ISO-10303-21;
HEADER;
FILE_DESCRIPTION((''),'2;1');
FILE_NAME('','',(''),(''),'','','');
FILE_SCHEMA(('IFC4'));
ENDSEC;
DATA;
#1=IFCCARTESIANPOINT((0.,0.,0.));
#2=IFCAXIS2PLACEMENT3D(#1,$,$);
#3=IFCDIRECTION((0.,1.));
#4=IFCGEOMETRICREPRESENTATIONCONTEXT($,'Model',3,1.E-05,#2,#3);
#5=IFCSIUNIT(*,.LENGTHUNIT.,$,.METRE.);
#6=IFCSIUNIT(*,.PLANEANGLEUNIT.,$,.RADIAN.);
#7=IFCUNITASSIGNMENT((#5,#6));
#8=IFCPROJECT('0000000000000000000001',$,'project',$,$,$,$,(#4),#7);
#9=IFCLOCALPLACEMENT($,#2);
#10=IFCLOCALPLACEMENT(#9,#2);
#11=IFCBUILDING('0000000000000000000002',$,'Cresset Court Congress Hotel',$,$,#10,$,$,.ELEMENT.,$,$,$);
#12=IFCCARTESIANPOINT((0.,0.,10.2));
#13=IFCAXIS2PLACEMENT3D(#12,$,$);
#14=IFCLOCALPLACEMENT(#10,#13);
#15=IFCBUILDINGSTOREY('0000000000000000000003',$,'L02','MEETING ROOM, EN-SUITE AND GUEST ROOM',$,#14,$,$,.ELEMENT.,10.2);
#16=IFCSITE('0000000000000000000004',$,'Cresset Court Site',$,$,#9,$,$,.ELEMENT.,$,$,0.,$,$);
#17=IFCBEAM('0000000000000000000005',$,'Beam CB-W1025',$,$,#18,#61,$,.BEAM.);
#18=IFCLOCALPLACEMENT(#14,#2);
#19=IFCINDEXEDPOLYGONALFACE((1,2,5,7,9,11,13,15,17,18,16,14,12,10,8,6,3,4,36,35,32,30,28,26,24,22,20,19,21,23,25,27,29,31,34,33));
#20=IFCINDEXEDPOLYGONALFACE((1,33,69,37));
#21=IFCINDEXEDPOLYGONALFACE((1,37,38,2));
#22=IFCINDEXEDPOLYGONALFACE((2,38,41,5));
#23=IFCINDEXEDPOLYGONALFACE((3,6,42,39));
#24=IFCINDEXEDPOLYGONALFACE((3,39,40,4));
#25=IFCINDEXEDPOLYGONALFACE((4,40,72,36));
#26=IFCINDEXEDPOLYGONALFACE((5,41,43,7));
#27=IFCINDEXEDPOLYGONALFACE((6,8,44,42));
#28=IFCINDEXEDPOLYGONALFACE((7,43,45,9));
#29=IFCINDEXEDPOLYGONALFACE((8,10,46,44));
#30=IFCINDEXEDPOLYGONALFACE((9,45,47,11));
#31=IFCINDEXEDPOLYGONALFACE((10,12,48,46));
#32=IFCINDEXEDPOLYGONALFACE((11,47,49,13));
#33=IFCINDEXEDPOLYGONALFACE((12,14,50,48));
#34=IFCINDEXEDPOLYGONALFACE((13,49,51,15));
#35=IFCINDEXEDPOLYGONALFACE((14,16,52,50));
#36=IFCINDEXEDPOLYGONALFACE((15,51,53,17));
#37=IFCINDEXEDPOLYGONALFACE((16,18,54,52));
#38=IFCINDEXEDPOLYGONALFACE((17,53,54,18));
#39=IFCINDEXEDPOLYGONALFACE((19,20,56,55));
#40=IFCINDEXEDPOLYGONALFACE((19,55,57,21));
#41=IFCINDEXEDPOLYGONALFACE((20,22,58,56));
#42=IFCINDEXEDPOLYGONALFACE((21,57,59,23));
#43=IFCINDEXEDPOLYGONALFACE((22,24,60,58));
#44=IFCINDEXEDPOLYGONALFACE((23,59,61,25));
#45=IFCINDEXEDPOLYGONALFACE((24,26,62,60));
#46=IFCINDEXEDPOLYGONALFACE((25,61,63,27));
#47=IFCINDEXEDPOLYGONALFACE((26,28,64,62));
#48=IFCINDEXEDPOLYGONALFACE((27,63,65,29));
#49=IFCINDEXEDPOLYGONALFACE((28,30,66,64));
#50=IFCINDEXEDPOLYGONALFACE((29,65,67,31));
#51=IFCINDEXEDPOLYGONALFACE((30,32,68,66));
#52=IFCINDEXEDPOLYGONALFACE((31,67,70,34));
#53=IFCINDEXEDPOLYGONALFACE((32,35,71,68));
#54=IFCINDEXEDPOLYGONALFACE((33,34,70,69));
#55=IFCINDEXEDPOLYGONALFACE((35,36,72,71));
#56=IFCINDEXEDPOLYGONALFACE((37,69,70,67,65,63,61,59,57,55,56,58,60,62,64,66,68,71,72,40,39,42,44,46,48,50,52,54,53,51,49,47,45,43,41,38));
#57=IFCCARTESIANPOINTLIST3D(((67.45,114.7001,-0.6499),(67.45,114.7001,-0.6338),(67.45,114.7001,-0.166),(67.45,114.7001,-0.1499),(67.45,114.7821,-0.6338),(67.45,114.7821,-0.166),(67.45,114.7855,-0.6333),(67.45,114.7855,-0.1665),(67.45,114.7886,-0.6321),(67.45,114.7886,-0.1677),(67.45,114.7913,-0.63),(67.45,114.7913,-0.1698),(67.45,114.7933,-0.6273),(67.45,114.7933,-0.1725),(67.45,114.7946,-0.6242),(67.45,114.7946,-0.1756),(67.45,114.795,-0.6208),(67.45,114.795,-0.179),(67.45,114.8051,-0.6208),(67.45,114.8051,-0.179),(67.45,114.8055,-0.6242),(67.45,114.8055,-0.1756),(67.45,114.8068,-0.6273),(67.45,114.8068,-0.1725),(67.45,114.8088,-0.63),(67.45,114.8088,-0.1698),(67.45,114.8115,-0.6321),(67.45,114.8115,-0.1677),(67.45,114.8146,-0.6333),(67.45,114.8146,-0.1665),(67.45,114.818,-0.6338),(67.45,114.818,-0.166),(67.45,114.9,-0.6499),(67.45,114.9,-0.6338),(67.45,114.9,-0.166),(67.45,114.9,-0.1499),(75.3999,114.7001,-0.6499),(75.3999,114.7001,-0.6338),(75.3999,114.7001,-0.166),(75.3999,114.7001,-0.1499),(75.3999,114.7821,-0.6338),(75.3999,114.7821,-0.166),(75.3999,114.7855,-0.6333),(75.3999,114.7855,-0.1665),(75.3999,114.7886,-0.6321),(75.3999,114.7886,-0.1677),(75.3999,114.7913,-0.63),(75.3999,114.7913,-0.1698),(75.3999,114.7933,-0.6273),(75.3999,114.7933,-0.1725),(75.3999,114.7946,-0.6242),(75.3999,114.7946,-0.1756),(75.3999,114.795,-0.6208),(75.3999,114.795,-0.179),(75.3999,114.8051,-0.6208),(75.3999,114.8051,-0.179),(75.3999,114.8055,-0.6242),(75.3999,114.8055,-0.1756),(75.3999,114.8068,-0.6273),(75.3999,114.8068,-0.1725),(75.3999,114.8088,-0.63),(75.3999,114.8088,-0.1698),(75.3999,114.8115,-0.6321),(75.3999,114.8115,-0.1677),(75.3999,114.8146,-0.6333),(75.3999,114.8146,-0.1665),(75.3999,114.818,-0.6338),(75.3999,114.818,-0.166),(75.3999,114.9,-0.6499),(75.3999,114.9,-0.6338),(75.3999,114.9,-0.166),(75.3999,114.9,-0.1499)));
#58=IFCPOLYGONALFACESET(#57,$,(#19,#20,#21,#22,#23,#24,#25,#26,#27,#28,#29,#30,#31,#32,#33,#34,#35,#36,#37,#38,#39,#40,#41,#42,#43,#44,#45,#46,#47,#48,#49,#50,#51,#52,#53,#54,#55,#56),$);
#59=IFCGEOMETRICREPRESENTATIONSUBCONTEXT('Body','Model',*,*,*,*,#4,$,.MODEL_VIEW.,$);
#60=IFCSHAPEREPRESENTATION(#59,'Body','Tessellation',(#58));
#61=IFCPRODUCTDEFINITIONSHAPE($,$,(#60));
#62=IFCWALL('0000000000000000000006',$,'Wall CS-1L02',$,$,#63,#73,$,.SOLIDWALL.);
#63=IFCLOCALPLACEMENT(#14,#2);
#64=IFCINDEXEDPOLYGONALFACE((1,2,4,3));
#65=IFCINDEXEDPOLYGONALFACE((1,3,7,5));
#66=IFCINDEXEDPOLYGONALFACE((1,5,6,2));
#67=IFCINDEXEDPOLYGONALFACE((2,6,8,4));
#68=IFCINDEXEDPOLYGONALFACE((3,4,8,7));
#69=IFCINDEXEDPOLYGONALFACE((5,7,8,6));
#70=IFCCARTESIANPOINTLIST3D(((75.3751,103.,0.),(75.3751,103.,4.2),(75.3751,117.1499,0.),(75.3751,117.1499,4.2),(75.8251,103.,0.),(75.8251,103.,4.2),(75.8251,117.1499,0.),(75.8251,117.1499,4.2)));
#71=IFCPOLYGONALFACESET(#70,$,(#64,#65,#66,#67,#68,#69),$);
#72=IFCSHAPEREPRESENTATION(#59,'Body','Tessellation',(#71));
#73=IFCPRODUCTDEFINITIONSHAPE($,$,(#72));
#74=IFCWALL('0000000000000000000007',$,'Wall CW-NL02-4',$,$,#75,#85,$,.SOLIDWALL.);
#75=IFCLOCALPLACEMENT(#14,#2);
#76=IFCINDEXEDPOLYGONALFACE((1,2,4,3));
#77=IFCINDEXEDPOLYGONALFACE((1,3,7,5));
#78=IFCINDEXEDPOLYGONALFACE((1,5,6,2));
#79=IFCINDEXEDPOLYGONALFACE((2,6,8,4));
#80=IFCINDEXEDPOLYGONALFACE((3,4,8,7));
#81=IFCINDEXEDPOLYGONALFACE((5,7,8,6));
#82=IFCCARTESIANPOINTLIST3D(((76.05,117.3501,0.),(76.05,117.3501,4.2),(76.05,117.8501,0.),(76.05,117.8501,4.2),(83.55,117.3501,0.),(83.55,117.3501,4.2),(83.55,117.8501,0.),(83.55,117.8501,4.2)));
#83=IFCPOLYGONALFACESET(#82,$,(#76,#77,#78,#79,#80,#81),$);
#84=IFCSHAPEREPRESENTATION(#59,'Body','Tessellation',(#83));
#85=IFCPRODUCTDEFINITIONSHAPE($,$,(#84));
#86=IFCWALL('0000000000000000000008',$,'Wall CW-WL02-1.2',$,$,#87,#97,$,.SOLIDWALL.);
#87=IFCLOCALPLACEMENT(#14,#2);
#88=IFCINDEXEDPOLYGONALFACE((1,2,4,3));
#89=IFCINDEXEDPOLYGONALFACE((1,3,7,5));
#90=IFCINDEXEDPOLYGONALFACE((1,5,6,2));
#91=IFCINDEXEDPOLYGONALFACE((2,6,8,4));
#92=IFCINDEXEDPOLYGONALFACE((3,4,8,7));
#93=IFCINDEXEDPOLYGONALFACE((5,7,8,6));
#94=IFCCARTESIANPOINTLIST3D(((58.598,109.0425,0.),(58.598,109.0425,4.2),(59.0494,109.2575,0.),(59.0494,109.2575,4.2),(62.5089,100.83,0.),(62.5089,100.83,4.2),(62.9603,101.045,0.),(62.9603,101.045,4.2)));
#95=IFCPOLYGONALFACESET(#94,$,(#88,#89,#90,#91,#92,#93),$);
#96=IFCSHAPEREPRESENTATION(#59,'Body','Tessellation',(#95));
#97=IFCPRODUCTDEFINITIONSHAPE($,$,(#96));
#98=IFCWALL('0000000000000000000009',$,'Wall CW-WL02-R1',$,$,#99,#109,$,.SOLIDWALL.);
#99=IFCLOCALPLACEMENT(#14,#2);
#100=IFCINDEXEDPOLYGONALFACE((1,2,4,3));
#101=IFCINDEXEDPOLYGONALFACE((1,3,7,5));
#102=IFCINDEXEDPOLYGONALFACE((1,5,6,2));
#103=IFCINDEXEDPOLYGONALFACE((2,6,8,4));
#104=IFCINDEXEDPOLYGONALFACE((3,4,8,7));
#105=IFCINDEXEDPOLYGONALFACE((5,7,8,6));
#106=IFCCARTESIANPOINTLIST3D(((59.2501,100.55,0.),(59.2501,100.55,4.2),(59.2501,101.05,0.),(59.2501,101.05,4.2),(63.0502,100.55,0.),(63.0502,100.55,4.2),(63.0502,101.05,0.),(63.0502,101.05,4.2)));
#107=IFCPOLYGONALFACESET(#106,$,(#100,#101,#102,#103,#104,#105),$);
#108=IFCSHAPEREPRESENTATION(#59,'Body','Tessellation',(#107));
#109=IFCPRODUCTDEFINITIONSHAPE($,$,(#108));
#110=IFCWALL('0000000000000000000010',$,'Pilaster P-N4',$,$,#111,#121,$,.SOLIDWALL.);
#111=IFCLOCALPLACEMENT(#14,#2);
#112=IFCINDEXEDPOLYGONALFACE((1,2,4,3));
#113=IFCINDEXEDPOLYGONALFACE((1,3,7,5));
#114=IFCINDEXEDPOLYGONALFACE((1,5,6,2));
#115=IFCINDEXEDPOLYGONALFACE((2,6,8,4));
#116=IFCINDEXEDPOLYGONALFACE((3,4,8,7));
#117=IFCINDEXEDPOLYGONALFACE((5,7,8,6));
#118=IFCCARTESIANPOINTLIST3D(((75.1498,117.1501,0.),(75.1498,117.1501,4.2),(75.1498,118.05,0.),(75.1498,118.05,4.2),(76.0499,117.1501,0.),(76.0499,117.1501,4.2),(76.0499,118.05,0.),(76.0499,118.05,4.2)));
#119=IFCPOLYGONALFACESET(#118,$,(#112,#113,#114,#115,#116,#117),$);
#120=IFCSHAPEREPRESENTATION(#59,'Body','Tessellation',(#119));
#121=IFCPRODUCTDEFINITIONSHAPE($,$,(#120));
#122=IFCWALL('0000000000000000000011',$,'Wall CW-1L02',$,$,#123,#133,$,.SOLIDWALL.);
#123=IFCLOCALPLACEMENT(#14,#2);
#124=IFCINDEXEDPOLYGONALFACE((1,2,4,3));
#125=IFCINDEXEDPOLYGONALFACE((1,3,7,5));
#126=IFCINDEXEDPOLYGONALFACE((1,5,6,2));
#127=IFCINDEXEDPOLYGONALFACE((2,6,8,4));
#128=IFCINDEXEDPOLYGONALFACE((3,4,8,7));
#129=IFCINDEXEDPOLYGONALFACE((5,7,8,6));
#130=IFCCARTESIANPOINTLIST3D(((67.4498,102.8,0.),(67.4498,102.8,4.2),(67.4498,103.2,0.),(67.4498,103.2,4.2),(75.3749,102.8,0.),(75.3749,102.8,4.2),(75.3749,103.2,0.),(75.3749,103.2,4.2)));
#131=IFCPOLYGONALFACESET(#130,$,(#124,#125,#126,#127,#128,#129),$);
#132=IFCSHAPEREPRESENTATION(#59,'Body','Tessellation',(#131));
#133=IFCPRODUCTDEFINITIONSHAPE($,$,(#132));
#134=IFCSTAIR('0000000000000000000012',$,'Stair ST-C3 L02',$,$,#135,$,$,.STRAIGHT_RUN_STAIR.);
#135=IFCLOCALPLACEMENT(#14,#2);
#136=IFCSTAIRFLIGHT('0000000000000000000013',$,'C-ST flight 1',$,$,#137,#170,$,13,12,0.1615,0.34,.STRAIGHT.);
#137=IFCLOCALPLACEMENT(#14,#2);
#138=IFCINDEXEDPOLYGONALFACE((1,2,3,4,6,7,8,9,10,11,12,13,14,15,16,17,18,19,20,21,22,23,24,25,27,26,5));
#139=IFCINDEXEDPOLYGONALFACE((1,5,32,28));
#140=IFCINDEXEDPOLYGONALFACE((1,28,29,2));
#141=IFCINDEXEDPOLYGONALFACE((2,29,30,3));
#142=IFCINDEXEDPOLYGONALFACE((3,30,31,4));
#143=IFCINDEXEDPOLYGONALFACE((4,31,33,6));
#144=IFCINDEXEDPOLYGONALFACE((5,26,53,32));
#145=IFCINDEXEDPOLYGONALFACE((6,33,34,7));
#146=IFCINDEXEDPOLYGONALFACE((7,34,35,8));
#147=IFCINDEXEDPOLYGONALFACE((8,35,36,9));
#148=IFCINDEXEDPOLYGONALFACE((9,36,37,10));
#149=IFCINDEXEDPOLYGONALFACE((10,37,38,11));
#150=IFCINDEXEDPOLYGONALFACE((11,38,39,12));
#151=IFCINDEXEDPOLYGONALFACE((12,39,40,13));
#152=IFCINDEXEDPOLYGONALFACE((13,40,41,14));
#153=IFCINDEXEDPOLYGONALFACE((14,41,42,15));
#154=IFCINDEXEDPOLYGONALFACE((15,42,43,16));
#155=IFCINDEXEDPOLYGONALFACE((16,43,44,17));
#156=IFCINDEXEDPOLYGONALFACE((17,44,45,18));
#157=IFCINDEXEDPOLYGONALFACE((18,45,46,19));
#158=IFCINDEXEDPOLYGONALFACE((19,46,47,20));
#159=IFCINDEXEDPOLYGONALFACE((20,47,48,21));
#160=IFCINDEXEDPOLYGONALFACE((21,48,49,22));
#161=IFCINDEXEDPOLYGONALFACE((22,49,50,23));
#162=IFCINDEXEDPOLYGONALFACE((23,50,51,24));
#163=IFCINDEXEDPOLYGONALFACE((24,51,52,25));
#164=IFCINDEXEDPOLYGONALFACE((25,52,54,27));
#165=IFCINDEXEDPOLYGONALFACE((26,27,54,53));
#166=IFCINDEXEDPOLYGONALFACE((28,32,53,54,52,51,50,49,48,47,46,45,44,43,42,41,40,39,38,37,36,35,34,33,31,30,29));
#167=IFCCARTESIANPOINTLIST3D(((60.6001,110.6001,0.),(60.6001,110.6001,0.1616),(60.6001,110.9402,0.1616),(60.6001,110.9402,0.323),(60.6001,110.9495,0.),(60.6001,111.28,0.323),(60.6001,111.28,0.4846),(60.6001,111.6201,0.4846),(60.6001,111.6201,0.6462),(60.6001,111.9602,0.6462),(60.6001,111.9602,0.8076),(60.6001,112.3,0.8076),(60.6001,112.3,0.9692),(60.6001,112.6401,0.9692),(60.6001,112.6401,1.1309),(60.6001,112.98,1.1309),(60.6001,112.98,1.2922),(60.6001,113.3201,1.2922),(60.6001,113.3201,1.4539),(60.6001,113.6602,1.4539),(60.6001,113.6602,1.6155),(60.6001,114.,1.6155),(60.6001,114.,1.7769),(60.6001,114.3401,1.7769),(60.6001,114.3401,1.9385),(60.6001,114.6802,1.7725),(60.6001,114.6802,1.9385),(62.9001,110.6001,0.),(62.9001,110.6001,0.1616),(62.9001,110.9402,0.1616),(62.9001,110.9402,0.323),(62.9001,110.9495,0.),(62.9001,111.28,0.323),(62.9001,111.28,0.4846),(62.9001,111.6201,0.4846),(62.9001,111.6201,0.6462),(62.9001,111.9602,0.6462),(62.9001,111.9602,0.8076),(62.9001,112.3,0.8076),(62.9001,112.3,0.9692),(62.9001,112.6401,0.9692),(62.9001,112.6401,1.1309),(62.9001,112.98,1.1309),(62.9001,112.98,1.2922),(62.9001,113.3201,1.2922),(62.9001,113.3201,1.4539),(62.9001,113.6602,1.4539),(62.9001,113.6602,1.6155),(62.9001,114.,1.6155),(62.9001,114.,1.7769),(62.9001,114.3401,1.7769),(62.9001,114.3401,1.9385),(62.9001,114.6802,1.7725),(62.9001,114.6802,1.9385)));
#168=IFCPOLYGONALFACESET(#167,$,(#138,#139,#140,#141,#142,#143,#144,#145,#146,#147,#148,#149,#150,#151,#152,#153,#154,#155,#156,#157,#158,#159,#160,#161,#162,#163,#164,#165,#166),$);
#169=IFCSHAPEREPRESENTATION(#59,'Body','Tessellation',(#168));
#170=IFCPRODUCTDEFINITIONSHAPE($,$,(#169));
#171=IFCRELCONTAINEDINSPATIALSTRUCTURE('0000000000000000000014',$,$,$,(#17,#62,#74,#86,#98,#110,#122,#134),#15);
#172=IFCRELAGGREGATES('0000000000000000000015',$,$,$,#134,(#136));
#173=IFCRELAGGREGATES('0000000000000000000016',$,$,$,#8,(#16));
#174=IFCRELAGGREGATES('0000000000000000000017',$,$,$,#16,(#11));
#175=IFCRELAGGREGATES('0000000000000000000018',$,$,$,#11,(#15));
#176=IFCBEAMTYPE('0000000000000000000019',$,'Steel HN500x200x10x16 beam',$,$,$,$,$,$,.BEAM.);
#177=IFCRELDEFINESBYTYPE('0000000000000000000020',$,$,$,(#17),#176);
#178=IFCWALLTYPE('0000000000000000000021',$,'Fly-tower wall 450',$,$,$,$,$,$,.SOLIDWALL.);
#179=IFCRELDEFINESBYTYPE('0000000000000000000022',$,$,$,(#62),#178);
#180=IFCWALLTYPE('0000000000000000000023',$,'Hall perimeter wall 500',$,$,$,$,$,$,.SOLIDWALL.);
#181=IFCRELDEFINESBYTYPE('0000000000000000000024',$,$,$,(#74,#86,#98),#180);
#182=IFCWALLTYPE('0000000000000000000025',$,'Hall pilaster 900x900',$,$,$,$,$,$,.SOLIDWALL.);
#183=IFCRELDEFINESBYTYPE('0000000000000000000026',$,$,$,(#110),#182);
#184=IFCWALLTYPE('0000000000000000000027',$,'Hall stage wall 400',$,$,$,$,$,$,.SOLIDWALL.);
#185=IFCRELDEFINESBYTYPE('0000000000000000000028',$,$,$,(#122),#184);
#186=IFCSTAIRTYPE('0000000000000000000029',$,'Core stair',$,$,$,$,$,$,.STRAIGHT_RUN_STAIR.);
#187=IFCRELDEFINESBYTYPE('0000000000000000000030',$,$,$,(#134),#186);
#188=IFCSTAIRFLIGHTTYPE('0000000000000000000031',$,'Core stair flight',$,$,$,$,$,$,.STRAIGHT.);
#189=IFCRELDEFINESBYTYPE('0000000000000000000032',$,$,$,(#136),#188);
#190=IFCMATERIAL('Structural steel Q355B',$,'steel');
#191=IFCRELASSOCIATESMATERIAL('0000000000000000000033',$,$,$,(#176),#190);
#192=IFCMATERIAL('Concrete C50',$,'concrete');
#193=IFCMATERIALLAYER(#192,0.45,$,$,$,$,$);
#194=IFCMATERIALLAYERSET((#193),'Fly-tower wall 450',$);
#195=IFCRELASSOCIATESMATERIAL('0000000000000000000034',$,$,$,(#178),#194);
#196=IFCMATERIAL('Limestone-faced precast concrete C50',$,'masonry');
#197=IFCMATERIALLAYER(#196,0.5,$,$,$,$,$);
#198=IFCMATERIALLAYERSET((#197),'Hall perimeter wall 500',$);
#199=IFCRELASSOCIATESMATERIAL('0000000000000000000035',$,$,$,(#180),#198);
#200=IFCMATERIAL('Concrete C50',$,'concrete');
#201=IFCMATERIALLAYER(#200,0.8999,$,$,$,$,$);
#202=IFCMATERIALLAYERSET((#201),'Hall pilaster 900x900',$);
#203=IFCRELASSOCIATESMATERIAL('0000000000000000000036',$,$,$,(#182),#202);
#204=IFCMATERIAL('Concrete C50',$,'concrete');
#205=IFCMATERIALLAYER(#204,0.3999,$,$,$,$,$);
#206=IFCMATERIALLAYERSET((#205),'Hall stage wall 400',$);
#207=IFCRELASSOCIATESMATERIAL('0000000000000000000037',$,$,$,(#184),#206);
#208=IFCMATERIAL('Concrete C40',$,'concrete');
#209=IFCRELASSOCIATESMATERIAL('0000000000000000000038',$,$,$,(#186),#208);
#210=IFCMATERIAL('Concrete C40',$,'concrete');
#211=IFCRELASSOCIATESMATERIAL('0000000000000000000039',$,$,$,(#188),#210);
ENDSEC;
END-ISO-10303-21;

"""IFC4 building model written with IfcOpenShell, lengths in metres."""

from ifc_helpers import new_model, si_unit, direction, frame, frame_2d, origin, origin_2d, place, context, subcontext, project, spatial, polyline, rectangle, i_section, outline, extrude, material, layer, layer_set, material_profile, profile_set, type_object, element, aggregate, save


model = new_model("IFC4")

# Units and contexts
model_context = context("Model", 3, precision=1e-05, world=origin(), true_north=direction((0.0, 1.0)))
body_context = subcontext(model_context, "Body", "Model", "MODEL_VIEW")
ifc_project = project(units=[si_unit("LENGTHUNIT", "METRE"), si_unit("PLANEANGLEUNIT", "RADIAN")], contexts=[model_context])

# Site, building, storey
site_placement = place(None, origin())
site = spatial("IfcSite", under=ifc_project, at=site_placement, Name="Cresset Court Site", CompositionType="ELEMENT", RefElevation=0.0)
building_placement = place(site_placement, origin())
building = spatial("IfcBuilding", under=site, at=building_placement, Name="Cresset Court Congress Hotel", CompositionType="ELEMENT")
storey_placement = place(building_placement, frame((0.0, 0.0, 10.2)))
storey = spatial("IfcBuildingStorey", under=building, at=storey_placement, Name="L02", Description="MEETING ROOM, EN-SUITE AND GUEST ROOM", CompositionType="ELEMENT", Elevation=10.2)

# Beam
ifc_material_1 = material(Name="Structural steel Q355B", Category="steel")
ifc_material_profile = material_profile(ifc_material_1, i_section(OverallWidth=0.2, OverallDepth=0.5, WebThickness=0.01, FlangeThickness=0.0161, FilletRadius=0.0129, at=origin_2d()), Name="HN500x200x10x16")
ifc_profile_set = profile_set([ifc_material_profile], Name="Structural steel Q355B")
beam_type = type_object("IfcBeamType", Name="Steel HN500x200x10x16 beam", PredefinedType="BEAM", material=ifc_profile_set)
for number, where, z_axis, x_axis, name in (
    (1, (67.45, 114.8, -0.3999), (1.0, 0.0, 0.0), (0.0, 1.0, 0.0), "Beam CB-W1025"),
):
    element("IfcBeam", number, at=place(storey_placement, frame(where, z_axis=z_axis, x_axis=x_axis)), inside=storey, type_object=beam_type, Name=name, PredefinedType="BEAM", context=body_context, shape_type="SweptSolid", body=[
        extrude(i_section(OverallWidth=0.2, OverallDepth=0.5, WebThickness=0.01, FlangeThickness=0.0161, FilletRadius=0.0129, at=origin_2d()), origin(), (0.0, 0.0, 1.0), 7.95),
    ])

# Walls
ifc_material_2 = material(Name="Concrete C50", Category="concrete")
ifc_layer_1 = layer(ifc_material_2, 0.45)
ifc_layer_set_1 = layer_set([ifc_layer_1], Name="Fly-tower wall 450")
wall_type_1 = type_object("IfcWallType", Name="Fly-tower wall 450", PredefinedType="SOLIDWALL", material=ifc_layer_set_1)
wall_1_placement = place(storey_placement, frame((75.6001, 103.0, 0.0), z_axis=(0.0, 0.0, 1.0), x_axis=(0.0, 1.0, 0.0)))
element("IfcWall", 2, at=wall_1_placement, inside=storey, type_object=wall_type_1, Name="Wall CS-1L02", PredefinedType="SOLIDWALL", context=body_context, shape_type="SweptSolid", body=[
    extrude(rectangle(XDim=14.1499, YDim=0.45, at=frame_2d((7.075, 0.0))), origin(), (0.0, 0.0, 1.0), 4.2),
])
ifc_material_3 = material(Name="Limestone-faced precast concrete C50", Category="masonry")
ifc_layer_2 = layer(ifc_material_3, 0.5)
ifc_layer_set_2 = layer_set([ifc_layer_2], Name="Hall perimeter wall 500")
wall_type_2 = type_object("IfcWallType", Name="Hall perimeter wall 500", PredefinedType="SOLIDWALL", material=ifc_layer_set_2)
wall_2_placement = place(storey_placement, frame((76.05, 117.6001, 0.0), z_axis=(0.0, 0.0, 1.0), x_axis=(1.0, 0.0, 0.0)))
element("IfcWall", 3, at=wall_2_placement, inside=storey, type_object=wall_type_2, Name="Wall CW-NL02-4", PredefinedType="SOLIDWALL", context=body_context, shape_type="SweptSolid", body=[
    extrude(rectangle(XDim=7.5, YDim=0.5, at=frame_2d((3.75, 0.0))), origin(), (0.0, 0.0, 1.0), 4.2),
])
wall_3_placement = place(storey_placement, frame((62.7346, 100.9375, 0.0), z_axis=(0.0, 0.0, 1.0), x_axis=(-0.429953, 0.902851, 0.0)))
element("IfcWall", 4, at=wall_3_placement, inside=storey, type_object=wall_type_2, Name="Wall CW-WL02-1.2", PredefinedType="SOLIDWALL", context=body_context, shape_type="SweptSolid", body=[
    extrude(rectangle(XDim=9.0962, YDim=0.5, at=frame_2d((4.5481, 0.0))), origin(), (0.0, 0.0, 1.0), 4.2),
])
wall_4_placement = place(storey_placement, frame((63.05, 100.8, 0.0), z_axis=(0.0, 0.0, 1.0), x_axis=(-1.0, 0.0, 0.0)))
element("IfcWall", 5, at=wall_4_placement, inside=storey, type_object=wall_type_2, Name="Wall CW-WL02-R1", PredefinedType="SOLIDWALL", context=body_context, shape_type="SweptSolid", body=[
    extrude(rectangle(XDim=3.8, YDim=0.5, at=frame_2d((1.8999, 0.0))), origin(), (0.0, 0.0, 1.0), 4.2),
])
ifc_material_4 = material(Name="Concrete C50", Category="concrete")
ifc_layer_3 = layer(ifc_material_4, 0.8999)
ifc_layer_set_3 = layer_set([ifc_layer_3], Name="Hall pilaster 900x900")
wall_type_3 = type_object("IfcWallType", Name="Hall pilaster 900x900", PredefinedType="SOLIDWALL", material=ifc_layer_set_3)
wall_5_placement = place(storey_placement, frame((76.05, 117.6001, 0.0), z_axis=(0.0, 0.0, 1.0), x_axis=(-1.0, 0.0, 0.0)))
element("IfcWall", 6, at=wall_5_placement, inside=storey, type_object=wall_type_3, Name="Pilaster P-N4", PredefinedType="SOLIDWALL", context=body_context, shape_type="SweptSolid", body=[
    extrude(rectangle(XDim=0.9001, YDim=0.8999, at=frame_2d((0.4502, 0.0))), origin(), (0.0, 0.0, 1.0), 4.2),
])
ifc_material_5 = material(Name="Concrete C50", Category="concrete")
ifc_layer_4 = layer(ifc_material_5, 0.3999)
ifc_layer_set_4 = layer_set([ifc_layer_4], Name="Hall stage wall 400")
wall_type_4 = type_object("IfcWallType", Name="Hall stage wall 400", PredefinedType="SOLIDWALL", material=ifc_layer_set_4)
wall_6_placement = place(storey_placement, frame((67.45, 103.0, 0.0), z_axis=(0.0, 0.0, 1.0), x_axis=(1.0, 0.0, 0.0)))
element("IfcWall", 7, at=wall_6_placement, inside=storey, type_object=wall_type_4, Name="Wall CW-1L02", PredefinedType="SOLIDWALL", context=body_context, shape_type="SweptSolid", body=[
    extrude(rectangle(XDim=7.925, YDim=0.3999, at=frame_2d((3.9624, 0.0))), origin(), (0.0, 0.0, 1.0), 4.2),
])

# Stair, stair flight
ifc_material_6 = material(Name="Concrete C40", Category="concrete")
stair_type = type_object("IfcStairType", Name="Core stair", PredefinedType="STRAIGHT_RUN_STAIR", material=ifc_material_6)
stair_placement = place(storey_placement, origin())
stair = element("IfcStair", 8, at=stair_placement, inside=storey, type_object=stair_type, Name="Stair ST-C3 L02", PredefinedType="STRAIGHT_RUN_STAIR")
ifc_material_7 = material(Name="Concrete C40", Category="concrete")
stair_flight_type = type_object("IfcStairFlightType", Name="Core stair flight", PredefinedType="STRAIGHT", material=ifc_material_7)
stair_flight_1_placement = place(storey_placement, frame((61.75, 110.6001, 0.0), z_axis=(0.0, 0.0, 1.0), x_axis=(0.0, 1.0, 0.0)))
stair_flight_1 = element("IfcStairFlight", 9, at=stair_flight_1_placement, type_object=stair_flight_type, Name="C-ST flight 1", NumberOfRisers=13, NumberOfTreads=12, PredefinedType="STRAIGHT", RiserHeight=0.1615, TreadLength=0.34, context=body_context, shape_type="SweptSolid", body=[
    extrude(outline(polyline([(0.0, 0.0), (0.0, 0.1616), (0.3401, 0.1616), (0.3401, 0.323), (0.6799, 0.323), (0.6799, 0.4846), (1.02, 0.4846), (1.02, 0.6462), (1.3601, 0.6462), (1.3601, 0.8076), (1.7, 0.8076), (1.7, 0.9692), (2.04, 0.9692), (2.04, 1.1309), (2.3799, 1.1309), (2.3799, 1.2922), (2.72, 1.2922), (2.72, 1.4539), (3.0601, 1.4539), (3.0601, 1.6155), (3.3999, 1.6155), (3.3999, 1.7769), (3.74, 1.7769), (3.74, 1.9385), (4.0801, 1.9385), (4.0801, 2.1001), (4.0801, 1.7725), (0.3494, 0.0), (0.0, 0.0)])), frame((0.0, 1.1499, 0.0), z_axis=(0.0, -1.0, 0.0), x_axis=(1.0, 0.0, 0.0)), (0.0, 0.0, 1.0), 2.3),
])
aggregate(stair, [stair_flight_1])

save(model, "model.ifc")
